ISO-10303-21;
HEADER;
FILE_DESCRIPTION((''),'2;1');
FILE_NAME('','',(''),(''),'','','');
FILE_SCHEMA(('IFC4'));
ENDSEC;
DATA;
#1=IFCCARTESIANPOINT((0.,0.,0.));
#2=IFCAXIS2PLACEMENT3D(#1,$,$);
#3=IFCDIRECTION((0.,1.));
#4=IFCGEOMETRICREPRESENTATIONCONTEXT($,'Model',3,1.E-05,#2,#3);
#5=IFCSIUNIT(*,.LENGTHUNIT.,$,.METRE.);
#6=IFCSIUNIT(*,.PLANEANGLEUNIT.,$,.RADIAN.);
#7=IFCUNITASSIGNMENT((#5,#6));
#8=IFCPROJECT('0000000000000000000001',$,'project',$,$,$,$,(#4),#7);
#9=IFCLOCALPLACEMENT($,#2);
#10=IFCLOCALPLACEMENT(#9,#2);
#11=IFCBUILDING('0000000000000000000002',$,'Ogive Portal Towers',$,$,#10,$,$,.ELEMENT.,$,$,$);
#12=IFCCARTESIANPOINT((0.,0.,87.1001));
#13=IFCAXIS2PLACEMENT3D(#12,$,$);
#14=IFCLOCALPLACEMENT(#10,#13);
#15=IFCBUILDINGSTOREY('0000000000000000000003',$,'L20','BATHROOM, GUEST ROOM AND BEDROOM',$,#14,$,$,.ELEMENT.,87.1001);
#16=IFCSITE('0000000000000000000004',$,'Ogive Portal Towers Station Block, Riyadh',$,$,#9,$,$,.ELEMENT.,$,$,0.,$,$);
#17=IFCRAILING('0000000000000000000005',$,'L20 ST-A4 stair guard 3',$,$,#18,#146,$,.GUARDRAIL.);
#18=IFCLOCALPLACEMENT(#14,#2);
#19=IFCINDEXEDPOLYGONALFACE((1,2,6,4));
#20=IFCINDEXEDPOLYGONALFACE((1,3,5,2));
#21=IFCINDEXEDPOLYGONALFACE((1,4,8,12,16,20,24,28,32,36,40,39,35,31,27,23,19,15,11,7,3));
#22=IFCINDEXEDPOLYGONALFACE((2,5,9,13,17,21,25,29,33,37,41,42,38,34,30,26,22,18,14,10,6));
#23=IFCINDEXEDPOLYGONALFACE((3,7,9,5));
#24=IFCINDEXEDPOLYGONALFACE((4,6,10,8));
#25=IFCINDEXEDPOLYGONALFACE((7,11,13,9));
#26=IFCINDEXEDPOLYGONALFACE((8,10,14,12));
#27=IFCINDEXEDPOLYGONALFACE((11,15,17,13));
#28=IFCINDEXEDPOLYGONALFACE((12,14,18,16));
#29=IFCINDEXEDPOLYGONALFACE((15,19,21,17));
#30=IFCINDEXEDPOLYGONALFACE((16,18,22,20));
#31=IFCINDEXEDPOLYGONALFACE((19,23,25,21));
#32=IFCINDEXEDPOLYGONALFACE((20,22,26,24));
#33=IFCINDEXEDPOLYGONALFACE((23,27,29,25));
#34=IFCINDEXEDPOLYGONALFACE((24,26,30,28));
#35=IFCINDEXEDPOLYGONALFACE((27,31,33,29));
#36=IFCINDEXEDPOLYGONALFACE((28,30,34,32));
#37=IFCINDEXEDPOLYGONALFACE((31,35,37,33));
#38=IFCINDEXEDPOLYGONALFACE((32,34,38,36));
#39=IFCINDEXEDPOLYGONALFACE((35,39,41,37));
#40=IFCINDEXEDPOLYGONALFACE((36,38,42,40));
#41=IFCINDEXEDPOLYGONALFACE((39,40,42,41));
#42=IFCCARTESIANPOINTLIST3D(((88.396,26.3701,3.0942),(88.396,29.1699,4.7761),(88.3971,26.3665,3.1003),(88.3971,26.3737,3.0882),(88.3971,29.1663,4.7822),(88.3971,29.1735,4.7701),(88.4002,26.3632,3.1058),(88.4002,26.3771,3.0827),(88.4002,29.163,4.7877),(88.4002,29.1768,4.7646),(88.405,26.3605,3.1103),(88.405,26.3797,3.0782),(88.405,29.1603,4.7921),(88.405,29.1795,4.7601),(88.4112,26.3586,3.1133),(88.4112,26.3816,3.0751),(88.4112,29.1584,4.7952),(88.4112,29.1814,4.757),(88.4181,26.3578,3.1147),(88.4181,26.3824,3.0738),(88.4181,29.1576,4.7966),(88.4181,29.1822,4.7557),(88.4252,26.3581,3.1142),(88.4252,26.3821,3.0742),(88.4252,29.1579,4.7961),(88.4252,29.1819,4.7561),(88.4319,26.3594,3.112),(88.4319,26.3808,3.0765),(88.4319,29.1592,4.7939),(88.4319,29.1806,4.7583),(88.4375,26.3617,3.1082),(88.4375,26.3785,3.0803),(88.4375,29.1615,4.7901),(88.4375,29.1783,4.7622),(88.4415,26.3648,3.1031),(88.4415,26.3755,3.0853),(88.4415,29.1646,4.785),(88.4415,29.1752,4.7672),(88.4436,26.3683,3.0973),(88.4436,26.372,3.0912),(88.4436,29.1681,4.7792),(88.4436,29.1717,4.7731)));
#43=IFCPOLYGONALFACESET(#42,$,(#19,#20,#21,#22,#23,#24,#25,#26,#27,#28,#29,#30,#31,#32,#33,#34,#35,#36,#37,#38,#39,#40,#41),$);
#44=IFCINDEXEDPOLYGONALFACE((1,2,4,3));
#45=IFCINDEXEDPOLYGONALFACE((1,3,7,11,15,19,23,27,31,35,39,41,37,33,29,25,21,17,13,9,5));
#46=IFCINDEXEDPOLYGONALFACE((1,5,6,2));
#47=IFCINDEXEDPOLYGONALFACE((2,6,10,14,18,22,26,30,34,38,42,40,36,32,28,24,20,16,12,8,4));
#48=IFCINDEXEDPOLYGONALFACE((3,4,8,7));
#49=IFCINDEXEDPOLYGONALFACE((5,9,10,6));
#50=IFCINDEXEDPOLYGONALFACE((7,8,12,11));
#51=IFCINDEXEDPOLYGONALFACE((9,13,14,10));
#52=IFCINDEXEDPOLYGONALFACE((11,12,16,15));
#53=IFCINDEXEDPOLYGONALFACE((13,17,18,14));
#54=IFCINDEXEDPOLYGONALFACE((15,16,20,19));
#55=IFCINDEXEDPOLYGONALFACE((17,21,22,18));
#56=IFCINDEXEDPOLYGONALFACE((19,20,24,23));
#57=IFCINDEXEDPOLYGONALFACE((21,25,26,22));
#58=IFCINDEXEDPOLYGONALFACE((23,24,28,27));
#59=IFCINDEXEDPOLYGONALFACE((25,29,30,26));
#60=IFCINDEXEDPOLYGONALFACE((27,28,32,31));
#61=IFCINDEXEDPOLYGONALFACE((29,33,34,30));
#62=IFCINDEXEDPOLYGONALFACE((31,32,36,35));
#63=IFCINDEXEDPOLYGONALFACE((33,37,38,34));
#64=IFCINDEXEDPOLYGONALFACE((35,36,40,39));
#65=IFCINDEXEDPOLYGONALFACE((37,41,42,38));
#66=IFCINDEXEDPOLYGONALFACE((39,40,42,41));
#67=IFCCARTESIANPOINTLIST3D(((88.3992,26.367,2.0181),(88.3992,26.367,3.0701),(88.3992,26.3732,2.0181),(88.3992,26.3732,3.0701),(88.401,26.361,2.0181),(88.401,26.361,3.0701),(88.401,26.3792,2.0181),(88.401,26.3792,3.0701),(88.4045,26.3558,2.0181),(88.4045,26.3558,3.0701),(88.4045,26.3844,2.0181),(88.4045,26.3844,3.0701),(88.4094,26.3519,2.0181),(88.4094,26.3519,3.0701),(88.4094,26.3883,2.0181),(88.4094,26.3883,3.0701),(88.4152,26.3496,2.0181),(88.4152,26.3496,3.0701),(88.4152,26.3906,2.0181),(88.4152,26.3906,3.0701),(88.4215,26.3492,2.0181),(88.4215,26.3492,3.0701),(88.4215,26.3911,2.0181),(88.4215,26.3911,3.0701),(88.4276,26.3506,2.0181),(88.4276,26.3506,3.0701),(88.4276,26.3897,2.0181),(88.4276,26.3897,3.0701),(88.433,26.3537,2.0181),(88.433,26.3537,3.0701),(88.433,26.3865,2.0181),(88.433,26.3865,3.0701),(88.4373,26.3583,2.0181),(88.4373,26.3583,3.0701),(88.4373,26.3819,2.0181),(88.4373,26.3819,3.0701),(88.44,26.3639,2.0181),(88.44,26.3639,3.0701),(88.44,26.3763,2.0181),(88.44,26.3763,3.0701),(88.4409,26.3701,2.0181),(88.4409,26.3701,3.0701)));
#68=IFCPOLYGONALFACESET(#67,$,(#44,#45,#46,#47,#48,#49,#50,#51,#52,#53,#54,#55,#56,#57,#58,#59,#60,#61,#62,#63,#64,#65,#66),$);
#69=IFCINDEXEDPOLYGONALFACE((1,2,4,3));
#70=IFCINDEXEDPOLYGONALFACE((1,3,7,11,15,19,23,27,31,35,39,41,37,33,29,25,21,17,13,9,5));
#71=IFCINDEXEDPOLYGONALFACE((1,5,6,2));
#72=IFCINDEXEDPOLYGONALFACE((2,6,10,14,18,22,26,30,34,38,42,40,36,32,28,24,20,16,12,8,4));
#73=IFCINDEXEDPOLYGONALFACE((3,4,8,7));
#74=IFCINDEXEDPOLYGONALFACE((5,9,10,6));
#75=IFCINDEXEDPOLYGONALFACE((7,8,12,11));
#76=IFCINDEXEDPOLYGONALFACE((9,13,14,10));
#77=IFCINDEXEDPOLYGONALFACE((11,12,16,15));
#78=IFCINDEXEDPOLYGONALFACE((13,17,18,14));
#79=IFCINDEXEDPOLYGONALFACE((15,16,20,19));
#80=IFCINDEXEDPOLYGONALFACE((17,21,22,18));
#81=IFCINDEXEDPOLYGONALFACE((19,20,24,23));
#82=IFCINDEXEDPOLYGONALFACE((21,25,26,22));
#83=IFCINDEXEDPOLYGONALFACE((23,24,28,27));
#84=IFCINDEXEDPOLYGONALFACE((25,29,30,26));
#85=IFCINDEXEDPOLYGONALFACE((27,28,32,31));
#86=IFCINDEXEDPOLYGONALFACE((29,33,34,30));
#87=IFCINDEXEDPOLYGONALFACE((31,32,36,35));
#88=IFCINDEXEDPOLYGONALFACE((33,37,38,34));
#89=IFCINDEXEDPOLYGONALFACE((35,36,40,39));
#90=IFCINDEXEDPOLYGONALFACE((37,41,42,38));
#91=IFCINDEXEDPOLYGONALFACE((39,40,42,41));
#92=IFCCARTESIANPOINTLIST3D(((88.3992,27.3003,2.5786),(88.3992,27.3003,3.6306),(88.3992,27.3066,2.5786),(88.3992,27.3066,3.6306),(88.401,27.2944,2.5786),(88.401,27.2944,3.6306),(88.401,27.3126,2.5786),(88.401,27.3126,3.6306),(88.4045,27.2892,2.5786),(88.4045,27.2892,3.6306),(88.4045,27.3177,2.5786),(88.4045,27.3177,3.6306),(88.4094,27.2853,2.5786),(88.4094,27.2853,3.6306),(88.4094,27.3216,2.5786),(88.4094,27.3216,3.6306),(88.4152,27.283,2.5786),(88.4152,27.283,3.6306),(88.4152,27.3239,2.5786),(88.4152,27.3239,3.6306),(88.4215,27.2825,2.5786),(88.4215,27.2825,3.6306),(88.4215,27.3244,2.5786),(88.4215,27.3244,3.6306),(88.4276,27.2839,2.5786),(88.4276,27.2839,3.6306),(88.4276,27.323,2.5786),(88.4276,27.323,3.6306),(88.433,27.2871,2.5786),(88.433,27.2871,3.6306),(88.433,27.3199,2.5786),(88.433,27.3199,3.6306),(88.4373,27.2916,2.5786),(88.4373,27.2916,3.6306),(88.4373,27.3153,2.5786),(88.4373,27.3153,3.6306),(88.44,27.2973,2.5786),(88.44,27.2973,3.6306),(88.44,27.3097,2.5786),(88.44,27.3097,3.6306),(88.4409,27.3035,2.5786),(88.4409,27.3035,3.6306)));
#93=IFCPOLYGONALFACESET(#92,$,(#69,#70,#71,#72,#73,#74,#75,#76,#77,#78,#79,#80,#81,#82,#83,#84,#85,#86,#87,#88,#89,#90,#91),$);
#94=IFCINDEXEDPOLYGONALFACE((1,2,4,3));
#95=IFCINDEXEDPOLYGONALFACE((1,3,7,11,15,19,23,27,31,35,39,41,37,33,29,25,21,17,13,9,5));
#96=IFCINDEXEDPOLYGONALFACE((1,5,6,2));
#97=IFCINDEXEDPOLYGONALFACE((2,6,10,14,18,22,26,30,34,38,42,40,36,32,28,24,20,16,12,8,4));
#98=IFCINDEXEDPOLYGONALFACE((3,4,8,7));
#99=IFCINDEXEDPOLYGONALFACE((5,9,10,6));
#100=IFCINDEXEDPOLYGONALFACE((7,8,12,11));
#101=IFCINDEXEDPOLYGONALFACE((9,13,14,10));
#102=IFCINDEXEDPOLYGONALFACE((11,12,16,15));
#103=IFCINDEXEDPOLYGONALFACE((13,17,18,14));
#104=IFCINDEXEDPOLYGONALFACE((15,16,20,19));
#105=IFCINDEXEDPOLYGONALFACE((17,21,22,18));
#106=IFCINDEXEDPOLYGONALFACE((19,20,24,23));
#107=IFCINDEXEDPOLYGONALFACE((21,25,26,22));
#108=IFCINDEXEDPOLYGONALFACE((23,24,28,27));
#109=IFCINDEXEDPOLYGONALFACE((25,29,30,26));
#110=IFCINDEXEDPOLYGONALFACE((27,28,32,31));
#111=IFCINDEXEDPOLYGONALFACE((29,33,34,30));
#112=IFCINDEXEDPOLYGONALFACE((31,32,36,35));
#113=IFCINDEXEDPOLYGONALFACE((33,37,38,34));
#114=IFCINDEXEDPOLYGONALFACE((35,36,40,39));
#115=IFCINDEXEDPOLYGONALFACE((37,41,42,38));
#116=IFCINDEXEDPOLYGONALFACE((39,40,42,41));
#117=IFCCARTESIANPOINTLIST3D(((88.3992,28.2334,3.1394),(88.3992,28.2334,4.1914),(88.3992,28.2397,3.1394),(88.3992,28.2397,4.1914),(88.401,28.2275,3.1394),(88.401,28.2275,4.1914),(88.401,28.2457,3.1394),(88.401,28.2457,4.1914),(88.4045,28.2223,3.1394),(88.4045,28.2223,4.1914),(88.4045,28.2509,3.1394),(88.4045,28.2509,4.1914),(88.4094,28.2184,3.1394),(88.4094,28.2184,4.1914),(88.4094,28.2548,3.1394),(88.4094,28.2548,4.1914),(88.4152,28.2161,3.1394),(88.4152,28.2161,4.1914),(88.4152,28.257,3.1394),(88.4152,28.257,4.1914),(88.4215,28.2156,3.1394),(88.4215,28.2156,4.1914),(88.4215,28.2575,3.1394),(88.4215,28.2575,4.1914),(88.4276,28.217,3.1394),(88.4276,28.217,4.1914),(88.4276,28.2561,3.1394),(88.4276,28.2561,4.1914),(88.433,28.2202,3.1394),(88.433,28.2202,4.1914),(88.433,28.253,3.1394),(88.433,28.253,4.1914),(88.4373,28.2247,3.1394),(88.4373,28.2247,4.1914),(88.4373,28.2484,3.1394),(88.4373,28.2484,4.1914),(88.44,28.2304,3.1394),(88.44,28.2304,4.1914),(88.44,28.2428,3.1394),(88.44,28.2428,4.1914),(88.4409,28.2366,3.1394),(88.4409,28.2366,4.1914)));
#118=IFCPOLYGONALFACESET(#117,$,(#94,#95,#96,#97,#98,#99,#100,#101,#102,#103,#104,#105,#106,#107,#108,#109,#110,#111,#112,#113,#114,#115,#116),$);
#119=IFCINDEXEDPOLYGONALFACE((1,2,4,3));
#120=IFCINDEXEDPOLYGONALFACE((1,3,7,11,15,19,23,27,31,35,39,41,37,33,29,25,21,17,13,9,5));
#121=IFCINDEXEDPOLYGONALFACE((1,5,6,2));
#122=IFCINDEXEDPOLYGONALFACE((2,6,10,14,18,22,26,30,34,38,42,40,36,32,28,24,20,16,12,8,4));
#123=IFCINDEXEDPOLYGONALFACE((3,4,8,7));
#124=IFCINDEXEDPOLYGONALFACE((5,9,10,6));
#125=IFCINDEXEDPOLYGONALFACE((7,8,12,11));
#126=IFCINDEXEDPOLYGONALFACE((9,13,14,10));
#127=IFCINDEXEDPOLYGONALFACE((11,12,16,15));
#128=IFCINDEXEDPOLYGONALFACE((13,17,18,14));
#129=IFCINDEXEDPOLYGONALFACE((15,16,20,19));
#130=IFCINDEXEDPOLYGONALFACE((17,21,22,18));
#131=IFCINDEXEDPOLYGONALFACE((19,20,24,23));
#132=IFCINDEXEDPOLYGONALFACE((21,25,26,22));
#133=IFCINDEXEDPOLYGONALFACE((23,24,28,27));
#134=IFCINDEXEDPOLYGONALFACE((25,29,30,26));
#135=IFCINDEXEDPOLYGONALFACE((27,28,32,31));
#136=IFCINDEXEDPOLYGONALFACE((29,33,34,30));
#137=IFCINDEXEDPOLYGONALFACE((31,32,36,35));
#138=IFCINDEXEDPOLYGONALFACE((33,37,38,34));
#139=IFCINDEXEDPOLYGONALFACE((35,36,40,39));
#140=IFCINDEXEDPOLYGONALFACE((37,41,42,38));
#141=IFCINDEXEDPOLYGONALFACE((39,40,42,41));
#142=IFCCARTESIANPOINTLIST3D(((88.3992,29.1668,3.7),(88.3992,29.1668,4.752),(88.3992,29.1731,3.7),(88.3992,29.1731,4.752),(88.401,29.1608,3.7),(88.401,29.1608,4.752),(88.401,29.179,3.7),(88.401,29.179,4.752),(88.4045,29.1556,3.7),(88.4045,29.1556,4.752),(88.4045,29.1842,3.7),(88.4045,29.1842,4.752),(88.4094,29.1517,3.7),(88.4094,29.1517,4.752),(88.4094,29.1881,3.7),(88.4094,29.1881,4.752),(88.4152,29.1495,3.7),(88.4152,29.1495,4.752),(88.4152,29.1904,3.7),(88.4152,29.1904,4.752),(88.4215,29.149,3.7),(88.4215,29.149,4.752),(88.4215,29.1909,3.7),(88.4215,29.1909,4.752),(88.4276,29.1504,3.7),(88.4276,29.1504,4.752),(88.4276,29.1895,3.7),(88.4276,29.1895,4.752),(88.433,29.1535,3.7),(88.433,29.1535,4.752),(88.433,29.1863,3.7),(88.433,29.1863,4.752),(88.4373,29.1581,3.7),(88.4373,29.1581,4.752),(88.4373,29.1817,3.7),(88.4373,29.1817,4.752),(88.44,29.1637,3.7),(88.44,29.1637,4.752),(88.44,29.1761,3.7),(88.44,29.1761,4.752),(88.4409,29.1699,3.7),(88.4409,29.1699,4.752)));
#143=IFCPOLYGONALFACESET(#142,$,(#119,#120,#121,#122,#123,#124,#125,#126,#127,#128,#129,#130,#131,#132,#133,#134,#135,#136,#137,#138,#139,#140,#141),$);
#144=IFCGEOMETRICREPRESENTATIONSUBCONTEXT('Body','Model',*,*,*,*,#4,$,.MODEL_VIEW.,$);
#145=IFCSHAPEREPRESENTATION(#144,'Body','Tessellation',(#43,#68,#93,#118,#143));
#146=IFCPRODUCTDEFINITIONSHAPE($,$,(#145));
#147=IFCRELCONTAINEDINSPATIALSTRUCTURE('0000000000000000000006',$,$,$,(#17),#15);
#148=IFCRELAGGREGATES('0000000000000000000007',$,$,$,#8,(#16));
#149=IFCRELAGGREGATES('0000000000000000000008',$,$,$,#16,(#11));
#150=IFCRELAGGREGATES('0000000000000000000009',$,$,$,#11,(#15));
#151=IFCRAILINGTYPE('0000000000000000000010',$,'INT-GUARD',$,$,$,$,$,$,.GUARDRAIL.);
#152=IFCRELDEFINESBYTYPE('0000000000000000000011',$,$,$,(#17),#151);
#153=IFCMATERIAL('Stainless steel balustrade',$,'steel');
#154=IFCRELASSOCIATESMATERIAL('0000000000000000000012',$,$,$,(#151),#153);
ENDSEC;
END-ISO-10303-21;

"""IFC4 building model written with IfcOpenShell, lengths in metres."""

from ifc_helpers import new_model, si_unit, direction, frame, origin, origin_2d, place, context, subcontext, project, spatial, circle, extrude, material, type_object, element, save


model = new_model("IFC4")

# Units and contexts
model_context = context("Model", 3, precision=1e-05, world=origin(), true_north=direction((0.0, 1.0)))
body_context = subcontext(model_context, "Body", "Model", "MODEL_VIEW")
ifc_project = project(units=[si_unit("LENGTHUNIT", "METRE"), si_unit("PLANEANGLEUNIT", "RADIAN")], contexts=[model_context])

# Site, building, storey
site_placement = place(None, origin())
site = spatial("IfcSite", under=ifc_project, at=site_placement, Name="Ogive Portal Towers Station Block, Riyadh", CompositionType="ELEMENT", RefElevation=0.0)
building_placement = place(site_placement, origin())
building = spatial("IfcBuilding", under=site, at=building_placement, Name="Ogive Portal Towers", CompositionType="ELEMENT")
storey_placement = place(building_placement, frame((0.0, 0.0, 87.1001)))
storey = spatial("IfcBuildingStorey", under=building, at=storey_placement, Name="L20", Description="BATHROOM, GUEST ROOM AND BEDROOM", CompositionType="ELEMENT", Elevation=87.1001)

# Railing
ifc_material_1 = material(Name="Stainless steel balustrade", Category="steel")
railing_type = type_object("IfcRailingType", Name="INT-GUARD", PredefinedType="GUARDRAIL", material=ifc_material_1)
railing_1_placement = place(storey_placement, frame((88.4199, 26.3701, 2.0181)))
element("IfcRailing", 1, at=railing_1_placement, inside=storey, type_object=railing_type, Name="L20 ST-A4 stair guard 3", PredefinedType="GUARDRAIL", context=body_context, shape_type="SweptSolid", body=[
    extrude(circle(Radius=0.0239, at=origin_2d()), frame((0.0, 0.0, 1.0762), z_axis=(0.0, 0.857222, 0.514946), x_axis=(-1.0, 0.0, 0.0)), (0.0, 0.0, 1.0), 3.2661),
    extrude(circle(Radius=0.021, at=origin_2d()), origin(), (0.0, 0.0, 1.0), 1.052),
    extrude(circle(Radius=0.021, at=origin_2d()), frame((0.0, 0.9333, 0.5605)), (0.0, 0.0, 1.0), 1.052),
    extrude(circle(Radius=0.021, at=origin_2d()), frame((0.0, 1.8665, 1.1213)), (0.0, 0.0, 1.0), 1.052),
    extrude(circle(Radius=0.021, at=origin_2d()), frame((0.0, 2.7998, 1.6819)), (0.0, 0.0, 1.0), 1.052),
])

save(model, "model.ifc")
